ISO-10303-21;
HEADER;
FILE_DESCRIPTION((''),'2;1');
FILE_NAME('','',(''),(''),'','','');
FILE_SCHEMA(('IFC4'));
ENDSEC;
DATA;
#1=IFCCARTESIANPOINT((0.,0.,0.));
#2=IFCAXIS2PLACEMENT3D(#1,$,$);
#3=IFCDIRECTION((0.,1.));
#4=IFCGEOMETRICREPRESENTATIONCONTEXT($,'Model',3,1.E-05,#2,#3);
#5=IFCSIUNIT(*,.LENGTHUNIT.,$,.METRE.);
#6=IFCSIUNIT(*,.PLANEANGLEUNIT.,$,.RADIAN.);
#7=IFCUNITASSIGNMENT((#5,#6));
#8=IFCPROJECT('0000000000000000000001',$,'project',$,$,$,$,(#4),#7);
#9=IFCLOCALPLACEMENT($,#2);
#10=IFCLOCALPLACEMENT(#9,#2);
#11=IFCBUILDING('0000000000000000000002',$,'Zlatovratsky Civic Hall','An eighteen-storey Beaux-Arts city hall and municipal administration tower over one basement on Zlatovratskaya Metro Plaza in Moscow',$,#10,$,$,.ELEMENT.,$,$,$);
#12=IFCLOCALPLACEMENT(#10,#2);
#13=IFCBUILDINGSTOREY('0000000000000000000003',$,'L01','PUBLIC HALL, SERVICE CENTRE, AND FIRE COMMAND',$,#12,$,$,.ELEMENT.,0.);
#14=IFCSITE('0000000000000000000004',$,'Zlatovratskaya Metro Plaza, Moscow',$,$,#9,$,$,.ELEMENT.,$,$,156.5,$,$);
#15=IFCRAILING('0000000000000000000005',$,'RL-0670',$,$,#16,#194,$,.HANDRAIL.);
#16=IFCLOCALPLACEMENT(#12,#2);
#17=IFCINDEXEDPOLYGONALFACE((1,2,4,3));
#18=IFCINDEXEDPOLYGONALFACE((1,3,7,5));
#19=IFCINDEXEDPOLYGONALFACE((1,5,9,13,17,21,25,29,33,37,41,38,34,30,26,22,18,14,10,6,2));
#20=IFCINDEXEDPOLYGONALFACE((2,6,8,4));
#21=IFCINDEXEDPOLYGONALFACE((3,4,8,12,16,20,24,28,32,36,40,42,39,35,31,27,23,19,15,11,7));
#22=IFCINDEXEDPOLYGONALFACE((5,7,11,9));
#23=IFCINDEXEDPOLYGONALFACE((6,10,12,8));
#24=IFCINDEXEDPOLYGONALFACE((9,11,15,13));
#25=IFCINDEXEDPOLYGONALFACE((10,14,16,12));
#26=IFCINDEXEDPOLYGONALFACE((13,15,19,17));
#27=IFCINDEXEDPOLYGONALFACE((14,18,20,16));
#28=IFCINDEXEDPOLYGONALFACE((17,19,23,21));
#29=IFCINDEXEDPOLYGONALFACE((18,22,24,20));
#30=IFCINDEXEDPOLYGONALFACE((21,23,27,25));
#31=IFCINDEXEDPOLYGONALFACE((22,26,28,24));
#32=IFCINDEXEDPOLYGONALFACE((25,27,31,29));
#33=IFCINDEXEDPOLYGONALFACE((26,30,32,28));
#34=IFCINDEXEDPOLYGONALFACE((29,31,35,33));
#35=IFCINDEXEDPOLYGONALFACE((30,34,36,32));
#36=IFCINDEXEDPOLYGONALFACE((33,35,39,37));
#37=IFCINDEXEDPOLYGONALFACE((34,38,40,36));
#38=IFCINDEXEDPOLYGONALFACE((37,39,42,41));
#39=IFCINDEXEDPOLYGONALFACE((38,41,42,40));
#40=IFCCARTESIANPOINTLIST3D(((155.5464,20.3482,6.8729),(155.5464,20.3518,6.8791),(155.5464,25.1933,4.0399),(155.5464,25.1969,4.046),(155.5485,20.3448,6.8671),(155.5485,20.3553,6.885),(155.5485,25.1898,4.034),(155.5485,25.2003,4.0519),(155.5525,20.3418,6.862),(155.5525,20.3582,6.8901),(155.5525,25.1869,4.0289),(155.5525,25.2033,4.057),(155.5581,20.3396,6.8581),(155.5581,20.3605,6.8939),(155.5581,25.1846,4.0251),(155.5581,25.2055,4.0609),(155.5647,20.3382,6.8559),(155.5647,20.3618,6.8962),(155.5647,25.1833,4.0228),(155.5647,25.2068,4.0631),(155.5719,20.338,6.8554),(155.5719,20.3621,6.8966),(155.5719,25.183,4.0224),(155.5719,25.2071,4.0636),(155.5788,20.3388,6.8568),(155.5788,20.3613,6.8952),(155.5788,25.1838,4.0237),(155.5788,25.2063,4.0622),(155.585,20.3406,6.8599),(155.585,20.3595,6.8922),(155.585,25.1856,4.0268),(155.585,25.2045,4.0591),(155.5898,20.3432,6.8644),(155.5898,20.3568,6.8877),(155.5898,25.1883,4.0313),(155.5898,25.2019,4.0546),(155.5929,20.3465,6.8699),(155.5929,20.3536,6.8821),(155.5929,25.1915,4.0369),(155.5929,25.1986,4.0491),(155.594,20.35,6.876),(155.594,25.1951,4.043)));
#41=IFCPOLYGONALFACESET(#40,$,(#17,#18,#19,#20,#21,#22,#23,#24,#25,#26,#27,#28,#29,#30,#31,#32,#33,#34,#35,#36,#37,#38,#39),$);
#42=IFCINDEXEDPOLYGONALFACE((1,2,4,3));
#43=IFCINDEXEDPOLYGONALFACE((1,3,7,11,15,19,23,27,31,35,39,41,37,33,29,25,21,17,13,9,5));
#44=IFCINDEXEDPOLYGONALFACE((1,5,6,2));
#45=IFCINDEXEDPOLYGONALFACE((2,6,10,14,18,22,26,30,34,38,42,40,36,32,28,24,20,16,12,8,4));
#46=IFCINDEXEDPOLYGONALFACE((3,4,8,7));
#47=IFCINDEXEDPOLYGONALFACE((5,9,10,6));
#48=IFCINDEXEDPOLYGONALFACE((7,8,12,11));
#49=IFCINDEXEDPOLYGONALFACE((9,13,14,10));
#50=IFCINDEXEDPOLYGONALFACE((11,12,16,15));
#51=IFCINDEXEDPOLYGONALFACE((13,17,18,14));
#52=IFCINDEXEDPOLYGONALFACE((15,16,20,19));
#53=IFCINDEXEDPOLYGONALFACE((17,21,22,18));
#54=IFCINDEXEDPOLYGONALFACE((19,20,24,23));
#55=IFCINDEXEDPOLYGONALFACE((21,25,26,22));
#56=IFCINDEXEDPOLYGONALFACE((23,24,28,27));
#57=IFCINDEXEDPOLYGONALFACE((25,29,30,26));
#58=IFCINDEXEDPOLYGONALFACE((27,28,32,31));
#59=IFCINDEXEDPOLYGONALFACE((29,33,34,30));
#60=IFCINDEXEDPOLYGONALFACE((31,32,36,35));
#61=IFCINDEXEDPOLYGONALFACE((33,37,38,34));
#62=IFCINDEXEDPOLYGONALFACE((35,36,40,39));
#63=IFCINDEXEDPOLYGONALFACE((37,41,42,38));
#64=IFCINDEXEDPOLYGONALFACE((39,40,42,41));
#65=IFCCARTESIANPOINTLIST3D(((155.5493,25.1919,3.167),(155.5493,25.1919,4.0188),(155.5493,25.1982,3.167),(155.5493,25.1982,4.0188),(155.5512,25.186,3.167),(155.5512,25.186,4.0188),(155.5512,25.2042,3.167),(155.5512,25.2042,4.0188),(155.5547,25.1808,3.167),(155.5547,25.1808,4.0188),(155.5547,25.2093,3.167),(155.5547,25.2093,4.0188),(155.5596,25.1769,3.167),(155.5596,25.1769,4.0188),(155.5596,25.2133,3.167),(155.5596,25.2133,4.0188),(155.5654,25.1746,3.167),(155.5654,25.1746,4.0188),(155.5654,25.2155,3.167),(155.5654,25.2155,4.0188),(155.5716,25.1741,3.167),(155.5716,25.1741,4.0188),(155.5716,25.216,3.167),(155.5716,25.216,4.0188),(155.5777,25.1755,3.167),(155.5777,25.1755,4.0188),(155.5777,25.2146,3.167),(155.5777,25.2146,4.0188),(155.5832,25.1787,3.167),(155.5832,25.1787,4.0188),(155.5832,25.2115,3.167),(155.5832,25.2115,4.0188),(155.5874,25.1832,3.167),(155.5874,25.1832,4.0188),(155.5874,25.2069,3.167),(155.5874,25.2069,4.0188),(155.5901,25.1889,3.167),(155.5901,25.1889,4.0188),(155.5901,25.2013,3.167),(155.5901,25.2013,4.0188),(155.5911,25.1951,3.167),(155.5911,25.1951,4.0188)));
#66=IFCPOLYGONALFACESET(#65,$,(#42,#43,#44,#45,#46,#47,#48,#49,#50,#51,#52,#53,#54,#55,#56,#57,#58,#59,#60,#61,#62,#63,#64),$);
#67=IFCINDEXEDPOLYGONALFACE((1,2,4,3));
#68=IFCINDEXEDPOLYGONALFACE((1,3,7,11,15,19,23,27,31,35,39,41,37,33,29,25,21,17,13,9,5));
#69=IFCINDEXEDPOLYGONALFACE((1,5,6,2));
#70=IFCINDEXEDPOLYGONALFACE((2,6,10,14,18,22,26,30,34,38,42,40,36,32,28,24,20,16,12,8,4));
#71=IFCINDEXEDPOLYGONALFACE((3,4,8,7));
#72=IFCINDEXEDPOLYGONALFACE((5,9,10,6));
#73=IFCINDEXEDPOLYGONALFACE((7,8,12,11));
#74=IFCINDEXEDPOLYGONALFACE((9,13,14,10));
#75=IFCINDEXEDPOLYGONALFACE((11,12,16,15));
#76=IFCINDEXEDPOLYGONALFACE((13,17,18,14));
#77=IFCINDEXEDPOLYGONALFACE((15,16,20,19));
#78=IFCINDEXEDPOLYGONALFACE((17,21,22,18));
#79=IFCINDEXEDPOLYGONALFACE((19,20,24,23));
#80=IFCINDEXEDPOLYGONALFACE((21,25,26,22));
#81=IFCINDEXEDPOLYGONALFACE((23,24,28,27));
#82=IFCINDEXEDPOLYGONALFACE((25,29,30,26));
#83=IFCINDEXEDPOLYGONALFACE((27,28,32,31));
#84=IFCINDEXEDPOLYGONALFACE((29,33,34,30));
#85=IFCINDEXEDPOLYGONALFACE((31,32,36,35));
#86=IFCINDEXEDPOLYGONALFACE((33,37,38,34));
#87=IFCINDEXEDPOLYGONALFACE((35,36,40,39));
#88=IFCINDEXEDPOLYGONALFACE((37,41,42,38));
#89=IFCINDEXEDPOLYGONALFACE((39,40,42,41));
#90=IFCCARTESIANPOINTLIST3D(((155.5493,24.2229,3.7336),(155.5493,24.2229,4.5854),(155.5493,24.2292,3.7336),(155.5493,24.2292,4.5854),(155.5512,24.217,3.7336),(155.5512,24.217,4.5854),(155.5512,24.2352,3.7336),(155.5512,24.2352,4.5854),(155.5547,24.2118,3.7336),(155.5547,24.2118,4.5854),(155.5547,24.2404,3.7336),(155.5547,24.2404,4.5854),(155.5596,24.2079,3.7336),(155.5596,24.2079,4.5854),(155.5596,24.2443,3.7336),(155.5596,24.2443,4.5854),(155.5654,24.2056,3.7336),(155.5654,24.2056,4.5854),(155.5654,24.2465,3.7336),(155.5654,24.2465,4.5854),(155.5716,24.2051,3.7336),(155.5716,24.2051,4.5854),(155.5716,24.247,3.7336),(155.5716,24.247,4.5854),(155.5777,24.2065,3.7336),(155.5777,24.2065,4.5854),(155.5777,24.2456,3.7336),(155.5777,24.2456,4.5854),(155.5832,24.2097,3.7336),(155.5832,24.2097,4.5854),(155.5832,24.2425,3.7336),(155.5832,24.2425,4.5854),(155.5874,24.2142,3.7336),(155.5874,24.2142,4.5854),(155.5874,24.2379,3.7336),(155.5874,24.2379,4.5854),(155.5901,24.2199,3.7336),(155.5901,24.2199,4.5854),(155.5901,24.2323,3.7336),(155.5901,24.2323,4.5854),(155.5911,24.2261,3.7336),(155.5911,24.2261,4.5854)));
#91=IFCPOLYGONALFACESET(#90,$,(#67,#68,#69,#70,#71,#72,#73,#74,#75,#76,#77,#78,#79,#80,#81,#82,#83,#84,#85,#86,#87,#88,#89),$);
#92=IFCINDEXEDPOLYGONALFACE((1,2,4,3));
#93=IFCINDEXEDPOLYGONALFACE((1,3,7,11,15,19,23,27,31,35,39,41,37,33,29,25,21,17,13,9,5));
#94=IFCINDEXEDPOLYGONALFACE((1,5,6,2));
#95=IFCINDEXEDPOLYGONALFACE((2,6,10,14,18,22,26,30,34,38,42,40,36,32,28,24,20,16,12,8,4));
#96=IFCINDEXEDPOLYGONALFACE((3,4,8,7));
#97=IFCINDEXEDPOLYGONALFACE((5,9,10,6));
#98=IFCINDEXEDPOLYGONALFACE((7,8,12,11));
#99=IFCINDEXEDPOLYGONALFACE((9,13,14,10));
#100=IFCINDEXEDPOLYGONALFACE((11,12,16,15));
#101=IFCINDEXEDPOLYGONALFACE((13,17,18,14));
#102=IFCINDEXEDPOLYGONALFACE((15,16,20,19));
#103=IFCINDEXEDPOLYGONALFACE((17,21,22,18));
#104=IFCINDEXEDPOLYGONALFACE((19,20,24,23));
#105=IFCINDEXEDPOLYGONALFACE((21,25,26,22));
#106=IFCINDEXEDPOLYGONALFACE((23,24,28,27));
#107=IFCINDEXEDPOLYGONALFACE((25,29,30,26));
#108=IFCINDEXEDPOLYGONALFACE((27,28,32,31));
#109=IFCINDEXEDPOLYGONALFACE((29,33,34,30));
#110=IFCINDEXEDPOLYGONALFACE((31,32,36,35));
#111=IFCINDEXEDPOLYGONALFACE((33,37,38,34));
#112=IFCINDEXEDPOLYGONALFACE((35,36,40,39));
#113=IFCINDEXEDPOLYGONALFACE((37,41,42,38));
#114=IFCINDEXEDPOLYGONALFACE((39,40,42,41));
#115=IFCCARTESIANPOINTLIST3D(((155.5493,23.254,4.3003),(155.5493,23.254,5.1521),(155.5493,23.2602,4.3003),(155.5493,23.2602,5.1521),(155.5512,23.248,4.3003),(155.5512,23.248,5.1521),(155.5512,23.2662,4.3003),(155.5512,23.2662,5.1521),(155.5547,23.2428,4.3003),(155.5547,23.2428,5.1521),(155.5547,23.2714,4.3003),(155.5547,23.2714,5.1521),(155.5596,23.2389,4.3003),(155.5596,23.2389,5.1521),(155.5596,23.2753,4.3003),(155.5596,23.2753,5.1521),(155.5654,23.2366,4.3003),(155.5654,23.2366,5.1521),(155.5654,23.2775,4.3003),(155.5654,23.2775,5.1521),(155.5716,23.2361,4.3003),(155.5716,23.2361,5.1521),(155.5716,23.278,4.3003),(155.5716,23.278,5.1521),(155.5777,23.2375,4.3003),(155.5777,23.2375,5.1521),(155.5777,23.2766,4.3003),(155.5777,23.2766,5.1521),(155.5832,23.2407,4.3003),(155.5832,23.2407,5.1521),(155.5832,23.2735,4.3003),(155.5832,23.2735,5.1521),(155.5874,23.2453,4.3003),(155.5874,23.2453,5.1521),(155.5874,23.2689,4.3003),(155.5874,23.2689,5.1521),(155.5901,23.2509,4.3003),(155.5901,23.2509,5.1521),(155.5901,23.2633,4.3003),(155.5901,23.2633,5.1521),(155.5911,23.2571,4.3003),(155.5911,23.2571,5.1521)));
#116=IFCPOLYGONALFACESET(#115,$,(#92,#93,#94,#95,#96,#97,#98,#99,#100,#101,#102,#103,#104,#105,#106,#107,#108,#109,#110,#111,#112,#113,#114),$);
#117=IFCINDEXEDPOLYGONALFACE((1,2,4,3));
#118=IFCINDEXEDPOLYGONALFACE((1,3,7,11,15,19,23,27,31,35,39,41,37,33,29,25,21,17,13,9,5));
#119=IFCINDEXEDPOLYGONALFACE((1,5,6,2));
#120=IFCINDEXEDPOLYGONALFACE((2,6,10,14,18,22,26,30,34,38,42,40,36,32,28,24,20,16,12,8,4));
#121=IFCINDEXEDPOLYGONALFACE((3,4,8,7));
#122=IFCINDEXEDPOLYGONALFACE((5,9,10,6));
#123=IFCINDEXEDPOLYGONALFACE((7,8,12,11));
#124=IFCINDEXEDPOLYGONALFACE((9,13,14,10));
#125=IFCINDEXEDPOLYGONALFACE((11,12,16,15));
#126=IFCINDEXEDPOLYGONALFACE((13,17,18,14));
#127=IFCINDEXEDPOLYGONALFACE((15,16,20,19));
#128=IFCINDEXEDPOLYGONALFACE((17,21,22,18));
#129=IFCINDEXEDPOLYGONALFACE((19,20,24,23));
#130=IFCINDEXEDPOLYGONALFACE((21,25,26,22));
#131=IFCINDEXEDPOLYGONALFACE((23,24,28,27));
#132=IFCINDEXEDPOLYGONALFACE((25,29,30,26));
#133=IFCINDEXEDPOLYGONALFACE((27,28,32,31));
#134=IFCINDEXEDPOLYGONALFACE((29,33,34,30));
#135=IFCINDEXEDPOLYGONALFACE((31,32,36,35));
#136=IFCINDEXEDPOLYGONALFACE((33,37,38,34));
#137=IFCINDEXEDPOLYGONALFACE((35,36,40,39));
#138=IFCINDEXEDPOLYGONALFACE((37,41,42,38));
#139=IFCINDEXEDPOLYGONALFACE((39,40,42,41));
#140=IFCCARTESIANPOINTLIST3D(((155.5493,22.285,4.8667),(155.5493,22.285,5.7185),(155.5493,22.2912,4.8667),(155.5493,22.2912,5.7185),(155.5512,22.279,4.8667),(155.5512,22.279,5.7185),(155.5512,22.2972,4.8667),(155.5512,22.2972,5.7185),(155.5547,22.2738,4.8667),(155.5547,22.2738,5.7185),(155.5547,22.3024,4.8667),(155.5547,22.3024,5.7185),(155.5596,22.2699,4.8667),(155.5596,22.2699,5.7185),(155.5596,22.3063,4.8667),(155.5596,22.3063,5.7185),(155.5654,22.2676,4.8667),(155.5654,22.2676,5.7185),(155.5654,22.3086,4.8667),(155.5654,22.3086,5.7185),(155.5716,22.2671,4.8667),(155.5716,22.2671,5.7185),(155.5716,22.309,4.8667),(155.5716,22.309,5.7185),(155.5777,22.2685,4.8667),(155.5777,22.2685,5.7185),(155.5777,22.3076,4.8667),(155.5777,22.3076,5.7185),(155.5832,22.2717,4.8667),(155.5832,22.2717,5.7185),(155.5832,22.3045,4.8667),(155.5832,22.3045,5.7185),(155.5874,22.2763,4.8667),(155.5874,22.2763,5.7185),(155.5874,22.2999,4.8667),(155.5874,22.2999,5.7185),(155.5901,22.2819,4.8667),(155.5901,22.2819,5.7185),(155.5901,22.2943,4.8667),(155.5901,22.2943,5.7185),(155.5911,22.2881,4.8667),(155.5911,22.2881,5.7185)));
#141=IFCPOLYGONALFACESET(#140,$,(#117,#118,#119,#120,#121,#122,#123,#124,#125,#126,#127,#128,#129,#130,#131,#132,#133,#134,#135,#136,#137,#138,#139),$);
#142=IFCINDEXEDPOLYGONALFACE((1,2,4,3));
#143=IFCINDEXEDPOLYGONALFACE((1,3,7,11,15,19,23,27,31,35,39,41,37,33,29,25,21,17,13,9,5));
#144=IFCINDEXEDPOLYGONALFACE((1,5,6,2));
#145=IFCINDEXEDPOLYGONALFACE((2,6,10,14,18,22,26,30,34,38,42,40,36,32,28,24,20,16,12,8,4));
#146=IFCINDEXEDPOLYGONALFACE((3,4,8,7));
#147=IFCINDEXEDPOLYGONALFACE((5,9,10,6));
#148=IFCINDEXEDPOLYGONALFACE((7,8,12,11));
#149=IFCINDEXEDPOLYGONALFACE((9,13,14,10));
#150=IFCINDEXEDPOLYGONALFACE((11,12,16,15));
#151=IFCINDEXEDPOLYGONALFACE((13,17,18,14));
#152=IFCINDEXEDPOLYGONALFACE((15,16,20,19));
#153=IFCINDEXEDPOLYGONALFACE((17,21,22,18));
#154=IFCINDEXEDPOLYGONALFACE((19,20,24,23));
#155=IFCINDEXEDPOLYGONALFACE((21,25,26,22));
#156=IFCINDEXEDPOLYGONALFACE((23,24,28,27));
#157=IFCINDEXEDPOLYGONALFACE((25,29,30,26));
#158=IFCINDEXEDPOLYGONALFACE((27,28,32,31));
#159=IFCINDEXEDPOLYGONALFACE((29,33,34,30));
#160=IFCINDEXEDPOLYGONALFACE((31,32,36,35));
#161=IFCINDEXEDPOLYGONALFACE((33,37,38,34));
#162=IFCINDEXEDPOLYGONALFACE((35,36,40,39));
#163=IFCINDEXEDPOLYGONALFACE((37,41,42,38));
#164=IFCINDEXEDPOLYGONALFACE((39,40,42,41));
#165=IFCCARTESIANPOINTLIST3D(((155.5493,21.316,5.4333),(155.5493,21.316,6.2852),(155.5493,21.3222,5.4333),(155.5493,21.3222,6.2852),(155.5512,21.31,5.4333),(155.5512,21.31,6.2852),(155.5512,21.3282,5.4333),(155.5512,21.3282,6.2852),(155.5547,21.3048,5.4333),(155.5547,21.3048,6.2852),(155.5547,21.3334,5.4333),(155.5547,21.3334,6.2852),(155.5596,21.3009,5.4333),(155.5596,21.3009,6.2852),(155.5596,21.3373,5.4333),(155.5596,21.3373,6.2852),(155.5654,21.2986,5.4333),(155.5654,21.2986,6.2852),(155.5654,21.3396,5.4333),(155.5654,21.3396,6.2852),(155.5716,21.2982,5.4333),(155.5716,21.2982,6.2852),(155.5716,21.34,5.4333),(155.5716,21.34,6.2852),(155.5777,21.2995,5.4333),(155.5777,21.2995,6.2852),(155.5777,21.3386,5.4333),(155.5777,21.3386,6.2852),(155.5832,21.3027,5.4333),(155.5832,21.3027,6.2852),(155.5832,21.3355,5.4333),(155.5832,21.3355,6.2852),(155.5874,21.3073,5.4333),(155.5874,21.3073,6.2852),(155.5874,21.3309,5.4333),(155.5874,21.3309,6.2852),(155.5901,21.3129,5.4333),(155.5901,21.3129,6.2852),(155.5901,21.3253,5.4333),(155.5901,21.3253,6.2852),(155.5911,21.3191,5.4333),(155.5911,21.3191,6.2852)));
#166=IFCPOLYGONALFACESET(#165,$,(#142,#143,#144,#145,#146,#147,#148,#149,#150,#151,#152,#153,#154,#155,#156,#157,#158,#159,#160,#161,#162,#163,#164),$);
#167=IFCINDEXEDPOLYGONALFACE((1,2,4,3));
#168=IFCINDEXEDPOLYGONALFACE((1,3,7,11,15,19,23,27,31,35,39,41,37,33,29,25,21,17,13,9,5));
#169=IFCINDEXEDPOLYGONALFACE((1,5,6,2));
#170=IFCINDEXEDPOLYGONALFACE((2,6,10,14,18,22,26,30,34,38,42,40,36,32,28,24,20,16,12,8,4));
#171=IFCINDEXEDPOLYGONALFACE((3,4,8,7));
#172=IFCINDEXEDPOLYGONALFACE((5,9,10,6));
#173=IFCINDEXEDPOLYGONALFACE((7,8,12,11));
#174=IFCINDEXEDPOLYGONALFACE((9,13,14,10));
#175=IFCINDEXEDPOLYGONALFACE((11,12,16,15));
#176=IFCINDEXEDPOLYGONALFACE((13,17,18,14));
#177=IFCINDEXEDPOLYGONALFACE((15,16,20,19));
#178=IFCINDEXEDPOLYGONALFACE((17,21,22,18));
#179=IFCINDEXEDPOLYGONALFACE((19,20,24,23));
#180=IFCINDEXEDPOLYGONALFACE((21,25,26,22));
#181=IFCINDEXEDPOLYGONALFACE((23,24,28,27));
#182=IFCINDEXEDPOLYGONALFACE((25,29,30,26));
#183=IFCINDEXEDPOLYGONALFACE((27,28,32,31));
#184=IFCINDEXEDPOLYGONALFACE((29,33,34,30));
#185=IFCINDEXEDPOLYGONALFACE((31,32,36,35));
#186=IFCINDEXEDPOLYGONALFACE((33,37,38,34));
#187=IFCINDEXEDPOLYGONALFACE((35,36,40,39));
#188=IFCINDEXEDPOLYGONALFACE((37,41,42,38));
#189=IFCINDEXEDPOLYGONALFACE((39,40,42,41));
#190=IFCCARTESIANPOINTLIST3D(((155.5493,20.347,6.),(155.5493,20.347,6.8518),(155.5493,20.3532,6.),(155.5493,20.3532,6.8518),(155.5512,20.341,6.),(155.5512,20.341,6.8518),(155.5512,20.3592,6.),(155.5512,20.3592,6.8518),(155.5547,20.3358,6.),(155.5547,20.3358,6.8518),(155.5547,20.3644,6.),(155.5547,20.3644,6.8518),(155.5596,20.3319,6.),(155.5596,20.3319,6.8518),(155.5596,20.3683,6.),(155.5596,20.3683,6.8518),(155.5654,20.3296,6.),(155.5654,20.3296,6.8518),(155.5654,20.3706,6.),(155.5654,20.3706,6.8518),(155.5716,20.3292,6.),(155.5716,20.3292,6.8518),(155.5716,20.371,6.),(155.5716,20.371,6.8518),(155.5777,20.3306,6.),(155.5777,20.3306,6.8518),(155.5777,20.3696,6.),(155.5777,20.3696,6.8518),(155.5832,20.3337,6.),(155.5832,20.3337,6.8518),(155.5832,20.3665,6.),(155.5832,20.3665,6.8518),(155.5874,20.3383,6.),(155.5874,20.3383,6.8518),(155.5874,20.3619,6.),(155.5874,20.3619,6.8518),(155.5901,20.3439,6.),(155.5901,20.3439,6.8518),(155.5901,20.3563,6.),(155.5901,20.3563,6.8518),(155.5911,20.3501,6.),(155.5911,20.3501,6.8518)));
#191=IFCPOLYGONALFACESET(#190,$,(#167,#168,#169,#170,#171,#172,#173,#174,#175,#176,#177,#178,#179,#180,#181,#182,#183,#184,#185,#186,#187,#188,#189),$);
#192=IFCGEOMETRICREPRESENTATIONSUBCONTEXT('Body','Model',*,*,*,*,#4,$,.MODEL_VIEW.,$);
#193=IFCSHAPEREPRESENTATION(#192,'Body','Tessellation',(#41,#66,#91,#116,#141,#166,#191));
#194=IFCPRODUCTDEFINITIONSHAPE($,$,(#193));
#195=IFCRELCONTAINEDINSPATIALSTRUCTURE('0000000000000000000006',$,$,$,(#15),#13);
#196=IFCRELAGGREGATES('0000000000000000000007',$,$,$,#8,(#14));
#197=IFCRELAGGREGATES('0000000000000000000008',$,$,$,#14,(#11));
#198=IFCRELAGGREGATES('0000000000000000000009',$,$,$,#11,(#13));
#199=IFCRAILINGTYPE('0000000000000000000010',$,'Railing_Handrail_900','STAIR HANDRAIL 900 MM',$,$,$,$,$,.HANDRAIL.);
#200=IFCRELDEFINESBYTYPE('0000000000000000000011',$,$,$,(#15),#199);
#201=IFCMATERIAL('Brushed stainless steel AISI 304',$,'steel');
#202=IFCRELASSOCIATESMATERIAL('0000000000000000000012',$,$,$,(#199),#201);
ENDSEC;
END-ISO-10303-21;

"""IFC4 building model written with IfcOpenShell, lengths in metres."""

from ifc_helpers import new_model, si_unit, direction, frame, origin, origin_2d, place, context, subcontext, project, spatial, circle, extrude, material, type_object, element, save


model = new_model("IFC4")

# Units and contexts
model_context = context("Model", 3, precision=1e-05, world=origin(), true_north=direction((0.0, 1.0)))
body_context = subcontext(model_context, "Body", "Model", "MODEL_VIEW")
ifc_project = project(units=[si_unit("LENGTHUNIT", "METRE"), si_unit("PLANEANGLEUNIT", "RADIAN")], contexts=[model_context])

# Site, building, storey
site_placement = place(None, origin())
site = spatial("IfcSite", under=ifc_project, at=site_placement, Name="Zlatovratskaya Metro Plaza, Moscow", CompositionType="ELEMENT", RefElevation=156.5)
building_placement = place(site_placement, origin())
building = spatial("IfcBuilding", under=site, at=building_placement, Name="Zlatovratsky Civic Hall", Description="An eighteen-storey Beaux-Arts city hall and municipal administration tower over one basement on Zlatovratskaya Metro Plaza in Moscow", CompositionType="ELEMENT")
storey_placement = place(building_placement, origin())
storey = spatial("IfcBuildingStorey", under=building, at=storey_placement, Name="L01", Description="PUBLIC HALL, SERVICE CENTRE, AND FIRE COMMAND", CompositionType="ELEMENT", Elevation=0.0)

# Railing
ifc_material_1 = material(Name="Brushed stainless steel AISI 304", Category="steel")
railing_type_1 = type_object("IfcRailingType", Name="Railing_Handrail_900", Description="STAIR HANDRAIL 900 MM", PredefinedType="HANDRAIL", material=ifc_material_1)
railing_1_placement = place(storey_placement, frame((155.5701, 25.1951, 3.167)))
element("IfcRailing", 1, at=railing_1_placement, inside=storey, type_object=railing_type_1, Name="RL-0670", PredefinedType="HANDRAIL", context=body_context, shape_type="SweptSolid", body=[
    extrude(circle(Radius=0.0239, at=origin_2d()), frame((0.0, 0.0, 0.876), z_axis=(0.0, -0.863253, 0.504771), x_axis=(1.0, 0.0, 0.0)), (0.0, 0.0, 1.0), 5.6125),
    extrude(circle(Radius=0.021, at=origin_2d()), origin(), (0.0, 0.0, 1.0), 0.8518),
    extrude(circle(Radius=0.021, at=origin_2d()), frame((0.0, -0.969, 0.5667)), (0.0, 0.0, 1.0), 0.8518),
    extrude(circle(Radius=0.021, at=origin_2d()), frame((0.0, -1.938, 1.1333)), (0.0, 0.0, 1.0), 0.8518),
    extrude(circle(Radius=0.021, at=origin_2d()), frame((0.0, -2.907, 1.6997)), (0.0, 0.0, 1.0), 0.8518),
    extrude(circle(Radius=0.021, at=origin_2d()), frame((0.0, -3.876, 2.2664)), (0.0, 0.0, 1.0), 0.8518),
    extrude(circle(Radius=0.021, at=origin_2d()), frame((0.0, -4.845, 2.833)), (0.0, 0.0, 1.0), 0.8518),
])

save(model, "model.ifc")
